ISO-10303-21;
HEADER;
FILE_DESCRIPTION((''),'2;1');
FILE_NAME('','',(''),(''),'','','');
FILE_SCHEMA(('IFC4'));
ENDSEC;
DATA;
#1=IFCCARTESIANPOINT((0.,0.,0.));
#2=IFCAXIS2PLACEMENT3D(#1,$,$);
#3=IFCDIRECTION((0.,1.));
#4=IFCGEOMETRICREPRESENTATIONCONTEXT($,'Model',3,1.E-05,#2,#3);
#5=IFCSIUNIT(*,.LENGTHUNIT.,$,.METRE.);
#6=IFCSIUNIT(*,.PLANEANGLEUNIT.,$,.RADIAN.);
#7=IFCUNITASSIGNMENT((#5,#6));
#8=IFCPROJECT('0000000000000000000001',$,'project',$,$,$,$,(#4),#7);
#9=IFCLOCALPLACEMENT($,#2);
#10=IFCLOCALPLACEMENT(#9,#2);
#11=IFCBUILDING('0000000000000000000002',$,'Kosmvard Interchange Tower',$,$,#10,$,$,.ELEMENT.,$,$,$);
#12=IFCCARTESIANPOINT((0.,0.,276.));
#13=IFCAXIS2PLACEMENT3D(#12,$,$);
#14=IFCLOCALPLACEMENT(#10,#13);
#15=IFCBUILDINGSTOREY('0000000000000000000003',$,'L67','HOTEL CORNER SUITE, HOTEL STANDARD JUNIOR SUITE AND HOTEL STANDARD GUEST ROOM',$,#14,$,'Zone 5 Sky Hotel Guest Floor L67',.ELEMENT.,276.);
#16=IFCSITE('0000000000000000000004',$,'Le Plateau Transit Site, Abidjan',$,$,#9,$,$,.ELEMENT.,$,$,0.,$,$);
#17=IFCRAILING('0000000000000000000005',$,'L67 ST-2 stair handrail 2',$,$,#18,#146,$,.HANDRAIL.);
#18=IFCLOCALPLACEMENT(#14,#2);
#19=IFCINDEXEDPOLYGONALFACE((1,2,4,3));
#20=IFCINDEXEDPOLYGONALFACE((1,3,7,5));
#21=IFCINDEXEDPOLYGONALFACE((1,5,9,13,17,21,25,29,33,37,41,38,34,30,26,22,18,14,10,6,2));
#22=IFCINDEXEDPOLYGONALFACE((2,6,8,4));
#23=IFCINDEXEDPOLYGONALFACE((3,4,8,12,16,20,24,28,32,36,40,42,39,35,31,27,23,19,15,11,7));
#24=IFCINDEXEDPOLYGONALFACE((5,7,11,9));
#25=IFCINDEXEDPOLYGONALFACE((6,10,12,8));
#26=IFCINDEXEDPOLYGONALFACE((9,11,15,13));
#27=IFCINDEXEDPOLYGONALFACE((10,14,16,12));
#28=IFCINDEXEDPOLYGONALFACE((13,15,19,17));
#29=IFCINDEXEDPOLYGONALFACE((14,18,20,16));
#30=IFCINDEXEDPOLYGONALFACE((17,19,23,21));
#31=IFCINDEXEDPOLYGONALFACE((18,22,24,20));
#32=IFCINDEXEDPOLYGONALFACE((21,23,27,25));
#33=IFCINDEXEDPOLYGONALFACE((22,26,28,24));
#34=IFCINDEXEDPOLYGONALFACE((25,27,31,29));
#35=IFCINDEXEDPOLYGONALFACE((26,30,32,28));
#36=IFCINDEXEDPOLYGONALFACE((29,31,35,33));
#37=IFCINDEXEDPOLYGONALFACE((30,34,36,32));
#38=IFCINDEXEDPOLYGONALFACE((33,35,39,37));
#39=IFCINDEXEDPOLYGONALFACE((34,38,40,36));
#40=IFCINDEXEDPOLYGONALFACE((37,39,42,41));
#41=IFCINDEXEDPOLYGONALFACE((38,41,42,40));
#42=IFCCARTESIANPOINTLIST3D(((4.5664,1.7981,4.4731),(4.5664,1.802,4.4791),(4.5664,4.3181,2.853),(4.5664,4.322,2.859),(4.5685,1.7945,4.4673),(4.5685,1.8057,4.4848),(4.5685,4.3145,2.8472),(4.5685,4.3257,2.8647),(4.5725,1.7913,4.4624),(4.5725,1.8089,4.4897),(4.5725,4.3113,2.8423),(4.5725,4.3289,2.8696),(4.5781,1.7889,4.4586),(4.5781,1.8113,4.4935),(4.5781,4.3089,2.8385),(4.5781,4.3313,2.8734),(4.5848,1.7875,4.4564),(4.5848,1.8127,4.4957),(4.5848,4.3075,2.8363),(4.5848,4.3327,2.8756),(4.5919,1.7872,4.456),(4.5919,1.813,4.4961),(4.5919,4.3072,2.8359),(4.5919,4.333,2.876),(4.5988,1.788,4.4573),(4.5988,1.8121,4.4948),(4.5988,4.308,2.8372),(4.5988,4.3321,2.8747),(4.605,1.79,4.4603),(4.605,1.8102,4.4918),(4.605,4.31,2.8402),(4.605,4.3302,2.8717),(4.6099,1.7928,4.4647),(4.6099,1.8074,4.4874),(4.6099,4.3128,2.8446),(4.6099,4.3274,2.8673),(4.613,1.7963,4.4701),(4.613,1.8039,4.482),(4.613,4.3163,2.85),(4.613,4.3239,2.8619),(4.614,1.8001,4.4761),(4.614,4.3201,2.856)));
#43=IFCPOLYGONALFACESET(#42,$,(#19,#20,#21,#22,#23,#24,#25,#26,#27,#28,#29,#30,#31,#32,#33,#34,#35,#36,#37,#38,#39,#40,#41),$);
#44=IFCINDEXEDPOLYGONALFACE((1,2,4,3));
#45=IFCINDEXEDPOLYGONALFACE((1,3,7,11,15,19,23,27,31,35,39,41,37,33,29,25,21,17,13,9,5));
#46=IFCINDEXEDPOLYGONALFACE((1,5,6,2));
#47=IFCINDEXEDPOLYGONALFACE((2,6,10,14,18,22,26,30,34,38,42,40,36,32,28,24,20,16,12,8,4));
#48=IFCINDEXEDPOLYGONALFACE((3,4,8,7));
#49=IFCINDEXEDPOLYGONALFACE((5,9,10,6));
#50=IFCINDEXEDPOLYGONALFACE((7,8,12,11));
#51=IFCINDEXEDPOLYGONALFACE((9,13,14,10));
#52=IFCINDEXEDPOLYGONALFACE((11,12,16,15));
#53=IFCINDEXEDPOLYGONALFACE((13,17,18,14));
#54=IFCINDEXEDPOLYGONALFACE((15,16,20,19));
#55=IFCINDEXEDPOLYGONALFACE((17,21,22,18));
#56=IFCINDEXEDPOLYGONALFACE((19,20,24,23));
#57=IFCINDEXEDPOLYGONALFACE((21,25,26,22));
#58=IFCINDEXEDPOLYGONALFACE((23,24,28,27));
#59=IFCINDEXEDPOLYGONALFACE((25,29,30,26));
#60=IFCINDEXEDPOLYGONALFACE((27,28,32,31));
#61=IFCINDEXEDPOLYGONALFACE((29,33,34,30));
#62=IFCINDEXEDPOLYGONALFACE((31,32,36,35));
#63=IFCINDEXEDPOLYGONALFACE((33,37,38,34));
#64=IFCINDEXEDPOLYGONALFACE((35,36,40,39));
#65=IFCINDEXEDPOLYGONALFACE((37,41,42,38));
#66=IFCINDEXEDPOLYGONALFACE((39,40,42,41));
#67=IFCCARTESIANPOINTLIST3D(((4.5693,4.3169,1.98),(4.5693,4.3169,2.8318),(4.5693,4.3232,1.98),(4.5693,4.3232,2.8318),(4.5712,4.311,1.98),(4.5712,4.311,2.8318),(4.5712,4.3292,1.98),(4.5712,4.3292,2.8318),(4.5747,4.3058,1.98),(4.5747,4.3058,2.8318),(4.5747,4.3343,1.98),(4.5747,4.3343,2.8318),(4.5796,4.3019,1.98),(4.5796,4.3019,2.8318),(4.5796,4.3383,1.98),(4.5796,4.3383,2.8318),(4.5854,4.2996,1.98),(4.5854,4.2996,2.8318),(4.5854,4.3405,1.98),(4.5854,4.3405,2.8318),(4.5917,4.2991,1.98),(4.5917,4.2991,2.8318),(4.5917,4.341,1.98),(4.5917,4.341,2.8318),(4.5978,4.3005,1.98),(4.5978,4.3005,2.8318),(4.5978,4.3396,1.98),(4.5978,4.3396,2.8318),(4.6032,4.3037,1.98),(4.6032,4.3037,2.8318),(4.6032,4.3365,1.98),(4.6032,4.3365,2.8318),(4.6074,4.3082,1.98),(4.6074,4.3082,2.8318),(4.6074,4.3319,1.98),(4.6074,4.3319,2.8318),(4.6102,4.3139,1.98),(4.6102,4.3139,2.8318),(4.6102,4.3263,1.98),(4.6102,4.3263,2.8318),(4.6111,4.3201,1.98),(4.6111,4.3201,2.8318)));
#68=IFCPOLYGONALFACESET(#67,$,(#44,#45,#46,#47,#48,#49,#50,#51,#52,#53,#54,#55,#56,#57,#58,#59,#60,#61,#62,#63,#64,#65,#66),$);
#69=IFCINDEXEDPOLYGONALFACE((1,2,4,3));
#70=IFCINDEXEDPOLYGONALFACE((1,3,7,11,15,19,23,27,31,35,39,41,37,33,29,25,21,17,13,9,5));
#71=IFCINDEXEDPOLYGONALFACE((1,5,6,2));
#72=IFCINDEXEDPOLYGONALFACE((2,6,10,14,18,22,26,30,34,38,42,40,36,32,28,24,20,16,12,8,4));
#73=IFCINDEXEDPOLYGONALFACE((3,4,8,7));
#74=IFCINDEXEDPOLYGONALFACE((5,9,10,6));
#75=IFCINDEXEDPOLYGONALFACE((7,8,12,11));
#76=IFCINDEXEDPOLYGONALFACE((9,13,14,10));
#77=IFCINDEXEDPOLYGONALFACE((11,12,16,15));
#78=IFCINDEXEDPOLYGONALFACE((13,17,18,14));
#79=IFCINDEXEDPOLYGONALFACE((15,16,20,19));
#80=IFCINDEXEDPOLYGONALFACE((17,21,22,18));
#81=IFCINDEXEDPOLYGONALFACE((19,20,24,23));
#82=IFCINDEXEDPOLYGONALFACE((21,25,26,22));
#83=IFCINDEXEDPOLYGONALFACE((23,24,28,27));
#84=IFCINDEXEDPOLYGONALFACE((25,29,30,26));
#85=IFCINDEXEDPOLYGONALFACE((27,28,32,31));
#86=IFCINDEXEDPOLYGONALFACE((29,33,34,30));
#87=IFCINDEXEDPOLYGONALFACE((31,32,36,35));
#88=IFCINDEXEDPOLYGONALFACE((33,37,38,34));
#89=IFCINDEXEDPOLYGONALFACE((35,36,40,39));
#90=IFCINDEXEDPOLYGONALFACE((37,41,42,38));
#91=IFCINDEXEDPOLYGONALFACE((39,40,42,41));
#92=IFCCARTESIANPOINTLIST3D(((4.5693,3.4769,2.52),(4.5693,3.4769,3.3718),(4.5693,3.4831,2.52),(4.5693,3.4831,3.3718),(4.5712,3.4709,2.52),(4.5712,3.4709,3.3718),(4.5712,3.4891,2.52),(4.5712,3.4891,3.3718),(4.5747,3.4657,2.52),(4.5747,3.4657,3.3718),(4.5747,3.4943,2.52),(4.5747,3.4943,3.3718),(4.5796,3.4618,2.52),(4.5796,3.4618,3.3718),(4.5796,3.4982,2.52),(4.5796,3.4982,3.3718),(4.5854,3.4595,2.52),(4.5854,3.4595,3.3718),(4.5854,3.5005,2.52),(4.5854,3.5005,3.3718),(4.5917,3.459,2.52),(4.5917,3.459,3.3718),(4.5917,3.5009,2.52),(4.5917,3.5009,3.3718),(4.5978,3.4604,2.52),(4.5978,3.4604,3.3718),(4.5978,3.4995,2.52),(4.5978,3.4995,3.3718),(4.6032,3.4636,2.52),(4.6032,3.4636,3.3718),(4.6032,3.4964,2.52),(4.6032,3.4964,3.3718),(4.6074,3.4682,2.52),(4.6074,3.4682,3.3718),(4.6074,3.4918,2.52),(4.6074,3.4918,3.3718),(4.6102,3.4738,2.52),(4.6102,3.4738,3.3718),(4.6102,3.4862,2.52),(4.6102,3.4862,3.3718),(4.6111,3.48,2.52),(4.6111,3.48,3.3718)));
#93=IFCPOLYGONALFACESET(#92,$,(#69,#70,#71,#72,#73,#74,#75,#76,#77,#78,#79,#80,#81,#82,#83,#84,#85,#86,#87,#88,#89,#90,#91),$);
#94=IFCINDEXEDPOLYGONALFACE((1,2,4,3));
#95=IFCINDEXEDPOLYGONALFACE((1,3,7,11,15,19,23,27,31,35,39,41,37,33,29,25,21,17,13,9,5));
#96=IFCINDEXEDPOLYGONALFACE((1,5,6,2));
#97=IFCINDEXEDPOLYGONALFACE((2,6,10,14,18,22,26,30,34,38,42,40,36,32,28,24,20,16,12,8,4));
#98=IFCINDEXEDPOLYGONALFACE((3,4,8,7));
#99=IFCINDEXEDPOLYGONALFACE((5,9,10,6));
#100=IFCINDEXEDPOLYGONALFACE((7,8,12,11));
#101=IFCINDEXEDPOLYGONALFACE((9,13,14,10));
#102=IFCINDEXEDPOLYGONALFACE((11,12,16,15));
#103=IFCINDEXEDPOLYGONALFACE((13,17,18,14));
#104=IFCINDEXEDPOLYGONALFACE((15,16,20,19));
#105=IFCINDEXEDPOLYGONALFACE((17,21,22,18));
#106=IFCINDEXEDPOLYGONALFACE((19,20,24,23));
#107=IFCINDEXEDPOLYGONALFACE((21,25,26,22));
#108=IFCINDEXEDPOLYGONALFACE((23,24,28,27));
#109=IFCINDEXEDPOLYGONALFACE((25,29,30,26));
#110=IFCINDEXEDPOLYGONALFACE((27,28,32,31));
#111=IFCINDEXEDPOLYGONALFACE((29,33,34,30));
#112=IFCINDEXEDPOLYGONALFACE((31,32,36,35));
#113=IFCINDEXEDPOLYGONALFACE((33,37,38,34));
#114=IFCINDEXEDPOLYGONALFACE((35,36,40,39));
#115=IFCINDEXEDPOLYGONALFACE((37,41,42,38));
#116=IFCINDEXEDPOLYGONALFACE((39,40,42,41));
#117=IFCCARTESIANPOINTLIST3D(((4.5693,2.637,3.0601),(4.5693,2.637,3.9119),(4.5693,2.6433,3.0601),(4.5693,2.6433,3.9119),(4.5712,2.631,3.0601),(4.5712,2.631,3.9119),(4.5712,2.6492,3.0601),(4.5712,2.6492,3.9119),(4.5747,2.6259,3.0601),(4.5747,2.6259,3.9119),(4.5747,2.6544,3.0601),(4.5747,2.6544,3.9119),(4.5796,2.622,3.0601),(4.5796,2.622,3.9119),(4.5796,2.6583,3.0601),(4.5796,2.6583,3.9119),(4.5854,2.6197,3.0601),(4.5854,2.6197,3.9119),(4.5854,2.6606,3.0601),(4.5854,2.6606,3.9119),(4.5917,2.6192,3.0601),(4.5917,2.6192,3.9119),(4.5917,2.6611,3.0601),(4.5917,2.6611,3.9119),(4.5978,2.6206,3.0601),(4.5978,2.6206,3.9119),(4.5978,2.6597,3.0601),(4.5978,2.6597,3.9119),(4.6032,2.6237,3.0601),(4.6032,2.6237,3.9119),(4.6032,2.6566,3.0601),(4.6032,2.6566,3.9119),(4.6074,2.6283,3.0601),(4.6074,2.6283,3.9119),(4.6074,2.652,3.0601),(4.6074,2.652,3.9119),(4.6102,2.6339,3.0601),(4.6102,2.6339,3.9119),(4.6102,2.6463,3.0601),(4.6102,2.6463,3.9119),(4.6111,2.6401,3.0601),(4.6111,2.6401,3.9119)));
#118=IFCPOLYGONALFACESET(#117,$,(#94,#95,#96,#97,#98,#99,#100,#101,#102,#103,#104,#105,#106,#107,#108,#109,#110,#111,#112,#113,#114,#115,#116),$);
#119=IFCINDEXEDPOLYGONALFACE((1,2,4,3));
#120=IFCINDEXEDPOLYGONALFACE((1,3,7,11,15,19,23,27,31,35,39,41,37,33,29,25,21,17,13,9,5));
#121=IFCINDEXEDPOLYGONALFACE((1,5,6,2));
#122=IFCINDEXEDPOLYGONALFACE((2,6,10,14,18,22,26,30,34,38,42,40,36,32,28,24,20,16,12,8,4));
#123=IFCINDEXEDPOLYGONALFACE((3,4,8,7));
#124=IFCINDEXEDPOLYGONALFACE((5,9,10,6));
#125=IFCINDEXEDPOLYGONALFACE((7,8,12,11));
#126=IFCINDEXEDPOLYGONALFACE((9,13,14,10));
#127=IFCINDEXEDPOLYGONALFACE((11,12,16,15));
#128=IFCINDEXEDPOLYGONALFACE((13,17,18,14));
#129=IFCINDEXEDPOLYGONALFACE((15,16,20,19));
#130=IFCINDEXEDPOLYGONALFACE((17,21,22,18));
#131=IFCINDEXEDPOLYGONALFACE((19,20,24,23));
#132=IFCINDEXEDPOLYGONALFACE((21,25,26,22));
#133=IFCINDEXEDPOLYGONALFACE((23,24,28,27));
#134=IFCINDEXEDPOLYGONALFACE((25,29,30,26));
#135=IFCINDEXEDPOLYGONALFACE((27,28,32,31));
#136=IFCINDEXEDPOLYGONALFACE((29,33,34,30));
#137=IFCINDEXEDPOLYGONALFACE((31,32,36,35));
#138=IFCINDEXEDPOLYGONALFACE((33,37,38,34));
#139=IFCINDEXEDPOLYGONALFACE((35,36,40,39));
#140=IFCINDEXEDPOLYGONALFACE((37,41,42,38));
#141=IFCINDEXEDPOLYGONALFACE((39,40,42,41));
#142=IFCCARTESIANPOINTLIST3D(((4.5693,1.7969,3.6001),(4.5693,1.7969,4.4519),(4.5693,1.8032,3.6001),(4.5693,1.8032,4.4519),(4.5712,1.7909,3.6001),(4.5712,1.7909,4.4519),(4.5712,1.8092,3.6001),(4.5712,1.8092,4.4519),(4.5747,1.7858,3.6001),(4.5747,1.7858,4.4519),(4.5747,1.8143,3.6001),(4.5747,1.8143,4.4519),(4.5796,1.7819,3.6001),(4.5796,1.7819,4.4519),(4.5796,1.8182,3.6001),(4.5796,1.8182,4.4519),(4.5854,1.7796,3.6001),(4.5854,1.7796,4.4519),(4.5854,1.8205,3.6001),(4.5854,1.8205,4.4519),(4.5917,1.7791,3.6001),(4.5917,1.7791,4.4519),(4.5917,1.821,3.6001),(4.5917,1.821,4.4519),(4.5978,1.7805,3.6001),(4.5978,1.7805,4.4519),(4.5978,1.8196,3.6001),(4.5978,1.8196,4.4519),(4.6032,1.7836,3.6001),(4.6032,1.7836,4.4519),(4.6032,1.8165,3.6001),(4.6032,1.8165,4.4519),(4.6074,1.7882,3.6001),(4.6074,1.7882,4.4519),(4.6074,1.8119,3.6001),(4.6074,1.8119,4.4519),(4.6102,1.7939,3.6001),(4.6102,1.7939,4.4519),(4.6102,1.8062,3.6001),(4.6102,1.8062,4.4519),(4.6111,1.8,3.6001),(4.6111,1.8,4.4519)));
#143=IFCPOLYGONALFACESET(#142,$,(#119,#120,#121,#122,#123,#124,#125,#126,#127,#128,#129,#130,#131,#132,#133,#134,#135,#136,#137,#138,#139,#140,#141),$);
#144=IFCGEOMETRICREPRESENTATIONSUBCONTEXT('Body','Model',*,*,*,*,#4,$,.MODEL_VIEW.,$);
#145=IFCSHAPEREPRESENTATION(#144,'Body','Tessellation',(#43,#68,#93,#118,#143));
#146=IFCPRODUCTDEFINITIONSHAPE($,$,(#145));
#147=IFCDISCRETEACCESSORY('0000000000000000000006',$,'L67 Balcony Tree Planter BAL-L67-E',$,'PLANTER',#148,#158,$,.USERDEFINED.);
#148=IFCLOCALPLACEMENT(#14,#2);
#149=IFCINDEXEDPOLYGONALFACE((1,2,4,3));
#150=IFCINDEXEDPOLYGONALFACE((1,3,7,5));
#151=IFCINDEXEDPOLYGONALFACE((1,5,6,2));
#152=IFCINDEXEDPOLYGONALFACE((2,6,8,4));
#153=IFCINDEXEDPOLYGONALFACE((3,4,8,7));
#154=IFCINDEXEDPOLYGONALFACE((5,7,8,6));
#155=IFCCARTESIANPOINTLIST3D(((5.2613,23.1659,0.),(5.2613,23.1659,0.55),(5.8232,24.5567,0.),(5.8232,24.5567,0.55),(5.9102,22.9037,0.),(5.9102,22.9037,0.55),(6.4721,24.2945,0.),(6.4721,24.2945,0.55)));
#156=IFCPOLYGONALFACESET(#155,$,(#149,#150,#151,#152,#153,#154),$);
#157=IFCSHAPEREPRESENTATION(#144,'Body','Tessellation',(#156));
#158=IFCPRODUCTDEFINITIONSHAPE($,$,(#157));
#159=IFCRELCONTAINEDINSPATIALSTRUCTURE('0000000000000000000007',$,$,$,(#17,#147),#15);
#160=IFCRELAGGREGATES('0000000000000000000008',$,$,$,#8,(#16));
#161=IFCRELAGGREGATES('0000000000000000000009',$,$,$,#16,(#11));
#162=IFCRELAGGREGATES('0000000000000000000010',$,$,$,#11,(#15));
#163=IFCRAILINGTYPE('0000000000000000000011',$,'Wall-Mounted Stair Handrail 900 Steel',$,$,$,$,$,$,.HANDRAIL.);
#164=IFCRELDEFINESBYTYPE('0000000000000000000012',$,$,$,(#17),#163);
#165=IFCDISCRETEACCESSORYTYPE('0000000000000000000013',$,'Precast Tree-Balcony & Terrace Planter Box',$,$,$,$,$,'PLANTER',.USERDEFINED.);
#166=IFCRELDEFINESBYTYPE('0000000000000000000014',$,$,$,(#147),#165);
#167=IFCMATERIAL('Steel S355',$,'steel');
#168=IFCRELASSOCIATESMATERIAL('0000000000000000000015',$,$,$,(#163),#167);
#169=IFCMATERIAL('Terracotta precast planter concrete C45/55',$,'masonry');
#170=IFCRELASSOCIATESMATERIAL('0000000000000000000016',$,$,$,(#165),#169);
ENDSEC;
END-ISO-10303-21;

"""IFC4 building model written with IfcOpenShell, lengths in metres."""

from ifc_helpers import new_model, si_unit, direction, frame, origin, origin_2d, place, context, subcontext, project, spatial, rectangle, circle, extrude, source, transform, mapped, material, type_object, element, save


model = new_model("IFC4")

# Units and contexts
model_context = context("Model", 3, precision=1e-05, world=origin(), true_north=direction((0.0, 1.0)))
body_context = subcontext(model_context, "Body", "Model", "MODEL_VIEW")
ifc_project = project(units=[si_unit("LENGTHUNIT", "METRE"), si_unit("PLANEANGLEUNIT", "RADIAN")], contexts=[model_context])

# Site, building, storey
site_placement = place(None, origin())
site = spatial("IfcSite", under=ifc_project, at=site_placement, Name="Le Plateau Transit Site, Abidjan", CompositionType="ELEMENT", RefElevation=0.0)
building_placement = place(site_placement, origin())
building = spatial("IfcBuilding", under=site, at=building_placement, Name="Kosmvard Interchange Tower", CompositionType="ELEMENT")
storey_placement = place(building_placement, frame((0.0, 0.0, 276.0)))
storey = spatial("IfcBuildingStorey", under=building, at=storey_placement, Name="L67", Description="HOTEL CORNER SUITE, HOTEL STANDARD JUNIOR SUITE AND HOTEL STANDARD GUEST ROOM", LongName="Zone 5 Sky Hotel Guest Floor L67", CompositionType="ELEMENT", Elevation=276.0)

# Shared definitions
ifc_material_1 = material(Name="Steel S355", Category="steel")

# Railing
railing_type_1 = type_object("IfcRailingType", Name="Wall-Mounted Stair Handrail 900 Steel", PredefinedType="HANDRAIL", material=ifc_material_1)
shared_shape_1 = source(origin(), body_context, "Body", "SweptSolid", [
    extrude(circle(Radius=0.0239, at=origin_2d()), frame((0.0, 0.0, 0.876), z_axis=(0.0, -0.841163, 0.540782), x_axis=(1.0, 0.0, 0.0)), (0.0, 0.0, 1.0), 2.9958),
    extrude(circle(Radius=0.021, at=origin_2d()), origin(), (0.0, 0.0, 1.0), 0.8518),
    extrude(circle(Radius=0.021, at=origin_2d()), frame((0.0, -0.8401, 0.54)), (0.0, 0.0, 1.0), 0.8518),
    extrude(circle(Radius=0.021, at=origin_2d()), frame((0.0, -1.6799, 1.0801)), (0.0, 0.0, 1.0), 0.8518),
    extrude(circle(Radius=0.021, at=origin_2d()), frame((0.0, -2.52, 1.6201)), (0.0, 0.0, 1.0), 0.8518),
])
railing_1_placement = place(storey_placement, frame((4.5901, 4.3201, 1.98)))
element("IfcRailing", 1, at=railing_1_placement, inside=storey, type_object=railing_type_1, Name="L67 ST-2 stair handrail 2", PredefinedType="HANDRAIL", context=body_context, shape_type="MappedRepresentation", body=[
    mapped(shared_shape_1, transform((0.0, 0.0, 0.0), scale=1.0)),
])

# Discrete accessory
ifc_material_2 = material(Name="Terracotta precast planter concrete C45/55", Category="masonry")
discrete_accessory_type = type_object("IfcDiscreteAccessoryType", Name="Precast Tree-Balcony & Terrace Planter Box", ElementType="PLANTER", PredefinedType="USERDEFINED", material=ifc_material_2)
shared_shape_2 = source(origin(), body_context, "Body", "SweptSolid", [
    extrude(rectangle(XDim=1.5, YDim=0.7, at=origin_2d()), origin(), (0.0, 0.0, 1.0), 0.55),
])
discrete_accessory_placement = place(storey_placement, frame((5.8667, 23.7302, 0.0), z_axis=(0.0, 0.0, 1.0), x_axis=(0.374607, 0.927184, 0.0)))
element("IfcDiscreteAccessory", 2, at=discrete_accessory_placement, inside=storey, type_object=discrete_accessory_type, Name="L67 Balcony Tree Planter BAL-L67-E", ObjectType="PLANTER", PredefinedType="USERDEFINED", context=body_context, shape_type="MappedRepresentation", body=[
    mapped(shared_shape_2, transform((0.0, 0.0, 0.0), scale=1.0)),
])

save(model, "model.ifc")
